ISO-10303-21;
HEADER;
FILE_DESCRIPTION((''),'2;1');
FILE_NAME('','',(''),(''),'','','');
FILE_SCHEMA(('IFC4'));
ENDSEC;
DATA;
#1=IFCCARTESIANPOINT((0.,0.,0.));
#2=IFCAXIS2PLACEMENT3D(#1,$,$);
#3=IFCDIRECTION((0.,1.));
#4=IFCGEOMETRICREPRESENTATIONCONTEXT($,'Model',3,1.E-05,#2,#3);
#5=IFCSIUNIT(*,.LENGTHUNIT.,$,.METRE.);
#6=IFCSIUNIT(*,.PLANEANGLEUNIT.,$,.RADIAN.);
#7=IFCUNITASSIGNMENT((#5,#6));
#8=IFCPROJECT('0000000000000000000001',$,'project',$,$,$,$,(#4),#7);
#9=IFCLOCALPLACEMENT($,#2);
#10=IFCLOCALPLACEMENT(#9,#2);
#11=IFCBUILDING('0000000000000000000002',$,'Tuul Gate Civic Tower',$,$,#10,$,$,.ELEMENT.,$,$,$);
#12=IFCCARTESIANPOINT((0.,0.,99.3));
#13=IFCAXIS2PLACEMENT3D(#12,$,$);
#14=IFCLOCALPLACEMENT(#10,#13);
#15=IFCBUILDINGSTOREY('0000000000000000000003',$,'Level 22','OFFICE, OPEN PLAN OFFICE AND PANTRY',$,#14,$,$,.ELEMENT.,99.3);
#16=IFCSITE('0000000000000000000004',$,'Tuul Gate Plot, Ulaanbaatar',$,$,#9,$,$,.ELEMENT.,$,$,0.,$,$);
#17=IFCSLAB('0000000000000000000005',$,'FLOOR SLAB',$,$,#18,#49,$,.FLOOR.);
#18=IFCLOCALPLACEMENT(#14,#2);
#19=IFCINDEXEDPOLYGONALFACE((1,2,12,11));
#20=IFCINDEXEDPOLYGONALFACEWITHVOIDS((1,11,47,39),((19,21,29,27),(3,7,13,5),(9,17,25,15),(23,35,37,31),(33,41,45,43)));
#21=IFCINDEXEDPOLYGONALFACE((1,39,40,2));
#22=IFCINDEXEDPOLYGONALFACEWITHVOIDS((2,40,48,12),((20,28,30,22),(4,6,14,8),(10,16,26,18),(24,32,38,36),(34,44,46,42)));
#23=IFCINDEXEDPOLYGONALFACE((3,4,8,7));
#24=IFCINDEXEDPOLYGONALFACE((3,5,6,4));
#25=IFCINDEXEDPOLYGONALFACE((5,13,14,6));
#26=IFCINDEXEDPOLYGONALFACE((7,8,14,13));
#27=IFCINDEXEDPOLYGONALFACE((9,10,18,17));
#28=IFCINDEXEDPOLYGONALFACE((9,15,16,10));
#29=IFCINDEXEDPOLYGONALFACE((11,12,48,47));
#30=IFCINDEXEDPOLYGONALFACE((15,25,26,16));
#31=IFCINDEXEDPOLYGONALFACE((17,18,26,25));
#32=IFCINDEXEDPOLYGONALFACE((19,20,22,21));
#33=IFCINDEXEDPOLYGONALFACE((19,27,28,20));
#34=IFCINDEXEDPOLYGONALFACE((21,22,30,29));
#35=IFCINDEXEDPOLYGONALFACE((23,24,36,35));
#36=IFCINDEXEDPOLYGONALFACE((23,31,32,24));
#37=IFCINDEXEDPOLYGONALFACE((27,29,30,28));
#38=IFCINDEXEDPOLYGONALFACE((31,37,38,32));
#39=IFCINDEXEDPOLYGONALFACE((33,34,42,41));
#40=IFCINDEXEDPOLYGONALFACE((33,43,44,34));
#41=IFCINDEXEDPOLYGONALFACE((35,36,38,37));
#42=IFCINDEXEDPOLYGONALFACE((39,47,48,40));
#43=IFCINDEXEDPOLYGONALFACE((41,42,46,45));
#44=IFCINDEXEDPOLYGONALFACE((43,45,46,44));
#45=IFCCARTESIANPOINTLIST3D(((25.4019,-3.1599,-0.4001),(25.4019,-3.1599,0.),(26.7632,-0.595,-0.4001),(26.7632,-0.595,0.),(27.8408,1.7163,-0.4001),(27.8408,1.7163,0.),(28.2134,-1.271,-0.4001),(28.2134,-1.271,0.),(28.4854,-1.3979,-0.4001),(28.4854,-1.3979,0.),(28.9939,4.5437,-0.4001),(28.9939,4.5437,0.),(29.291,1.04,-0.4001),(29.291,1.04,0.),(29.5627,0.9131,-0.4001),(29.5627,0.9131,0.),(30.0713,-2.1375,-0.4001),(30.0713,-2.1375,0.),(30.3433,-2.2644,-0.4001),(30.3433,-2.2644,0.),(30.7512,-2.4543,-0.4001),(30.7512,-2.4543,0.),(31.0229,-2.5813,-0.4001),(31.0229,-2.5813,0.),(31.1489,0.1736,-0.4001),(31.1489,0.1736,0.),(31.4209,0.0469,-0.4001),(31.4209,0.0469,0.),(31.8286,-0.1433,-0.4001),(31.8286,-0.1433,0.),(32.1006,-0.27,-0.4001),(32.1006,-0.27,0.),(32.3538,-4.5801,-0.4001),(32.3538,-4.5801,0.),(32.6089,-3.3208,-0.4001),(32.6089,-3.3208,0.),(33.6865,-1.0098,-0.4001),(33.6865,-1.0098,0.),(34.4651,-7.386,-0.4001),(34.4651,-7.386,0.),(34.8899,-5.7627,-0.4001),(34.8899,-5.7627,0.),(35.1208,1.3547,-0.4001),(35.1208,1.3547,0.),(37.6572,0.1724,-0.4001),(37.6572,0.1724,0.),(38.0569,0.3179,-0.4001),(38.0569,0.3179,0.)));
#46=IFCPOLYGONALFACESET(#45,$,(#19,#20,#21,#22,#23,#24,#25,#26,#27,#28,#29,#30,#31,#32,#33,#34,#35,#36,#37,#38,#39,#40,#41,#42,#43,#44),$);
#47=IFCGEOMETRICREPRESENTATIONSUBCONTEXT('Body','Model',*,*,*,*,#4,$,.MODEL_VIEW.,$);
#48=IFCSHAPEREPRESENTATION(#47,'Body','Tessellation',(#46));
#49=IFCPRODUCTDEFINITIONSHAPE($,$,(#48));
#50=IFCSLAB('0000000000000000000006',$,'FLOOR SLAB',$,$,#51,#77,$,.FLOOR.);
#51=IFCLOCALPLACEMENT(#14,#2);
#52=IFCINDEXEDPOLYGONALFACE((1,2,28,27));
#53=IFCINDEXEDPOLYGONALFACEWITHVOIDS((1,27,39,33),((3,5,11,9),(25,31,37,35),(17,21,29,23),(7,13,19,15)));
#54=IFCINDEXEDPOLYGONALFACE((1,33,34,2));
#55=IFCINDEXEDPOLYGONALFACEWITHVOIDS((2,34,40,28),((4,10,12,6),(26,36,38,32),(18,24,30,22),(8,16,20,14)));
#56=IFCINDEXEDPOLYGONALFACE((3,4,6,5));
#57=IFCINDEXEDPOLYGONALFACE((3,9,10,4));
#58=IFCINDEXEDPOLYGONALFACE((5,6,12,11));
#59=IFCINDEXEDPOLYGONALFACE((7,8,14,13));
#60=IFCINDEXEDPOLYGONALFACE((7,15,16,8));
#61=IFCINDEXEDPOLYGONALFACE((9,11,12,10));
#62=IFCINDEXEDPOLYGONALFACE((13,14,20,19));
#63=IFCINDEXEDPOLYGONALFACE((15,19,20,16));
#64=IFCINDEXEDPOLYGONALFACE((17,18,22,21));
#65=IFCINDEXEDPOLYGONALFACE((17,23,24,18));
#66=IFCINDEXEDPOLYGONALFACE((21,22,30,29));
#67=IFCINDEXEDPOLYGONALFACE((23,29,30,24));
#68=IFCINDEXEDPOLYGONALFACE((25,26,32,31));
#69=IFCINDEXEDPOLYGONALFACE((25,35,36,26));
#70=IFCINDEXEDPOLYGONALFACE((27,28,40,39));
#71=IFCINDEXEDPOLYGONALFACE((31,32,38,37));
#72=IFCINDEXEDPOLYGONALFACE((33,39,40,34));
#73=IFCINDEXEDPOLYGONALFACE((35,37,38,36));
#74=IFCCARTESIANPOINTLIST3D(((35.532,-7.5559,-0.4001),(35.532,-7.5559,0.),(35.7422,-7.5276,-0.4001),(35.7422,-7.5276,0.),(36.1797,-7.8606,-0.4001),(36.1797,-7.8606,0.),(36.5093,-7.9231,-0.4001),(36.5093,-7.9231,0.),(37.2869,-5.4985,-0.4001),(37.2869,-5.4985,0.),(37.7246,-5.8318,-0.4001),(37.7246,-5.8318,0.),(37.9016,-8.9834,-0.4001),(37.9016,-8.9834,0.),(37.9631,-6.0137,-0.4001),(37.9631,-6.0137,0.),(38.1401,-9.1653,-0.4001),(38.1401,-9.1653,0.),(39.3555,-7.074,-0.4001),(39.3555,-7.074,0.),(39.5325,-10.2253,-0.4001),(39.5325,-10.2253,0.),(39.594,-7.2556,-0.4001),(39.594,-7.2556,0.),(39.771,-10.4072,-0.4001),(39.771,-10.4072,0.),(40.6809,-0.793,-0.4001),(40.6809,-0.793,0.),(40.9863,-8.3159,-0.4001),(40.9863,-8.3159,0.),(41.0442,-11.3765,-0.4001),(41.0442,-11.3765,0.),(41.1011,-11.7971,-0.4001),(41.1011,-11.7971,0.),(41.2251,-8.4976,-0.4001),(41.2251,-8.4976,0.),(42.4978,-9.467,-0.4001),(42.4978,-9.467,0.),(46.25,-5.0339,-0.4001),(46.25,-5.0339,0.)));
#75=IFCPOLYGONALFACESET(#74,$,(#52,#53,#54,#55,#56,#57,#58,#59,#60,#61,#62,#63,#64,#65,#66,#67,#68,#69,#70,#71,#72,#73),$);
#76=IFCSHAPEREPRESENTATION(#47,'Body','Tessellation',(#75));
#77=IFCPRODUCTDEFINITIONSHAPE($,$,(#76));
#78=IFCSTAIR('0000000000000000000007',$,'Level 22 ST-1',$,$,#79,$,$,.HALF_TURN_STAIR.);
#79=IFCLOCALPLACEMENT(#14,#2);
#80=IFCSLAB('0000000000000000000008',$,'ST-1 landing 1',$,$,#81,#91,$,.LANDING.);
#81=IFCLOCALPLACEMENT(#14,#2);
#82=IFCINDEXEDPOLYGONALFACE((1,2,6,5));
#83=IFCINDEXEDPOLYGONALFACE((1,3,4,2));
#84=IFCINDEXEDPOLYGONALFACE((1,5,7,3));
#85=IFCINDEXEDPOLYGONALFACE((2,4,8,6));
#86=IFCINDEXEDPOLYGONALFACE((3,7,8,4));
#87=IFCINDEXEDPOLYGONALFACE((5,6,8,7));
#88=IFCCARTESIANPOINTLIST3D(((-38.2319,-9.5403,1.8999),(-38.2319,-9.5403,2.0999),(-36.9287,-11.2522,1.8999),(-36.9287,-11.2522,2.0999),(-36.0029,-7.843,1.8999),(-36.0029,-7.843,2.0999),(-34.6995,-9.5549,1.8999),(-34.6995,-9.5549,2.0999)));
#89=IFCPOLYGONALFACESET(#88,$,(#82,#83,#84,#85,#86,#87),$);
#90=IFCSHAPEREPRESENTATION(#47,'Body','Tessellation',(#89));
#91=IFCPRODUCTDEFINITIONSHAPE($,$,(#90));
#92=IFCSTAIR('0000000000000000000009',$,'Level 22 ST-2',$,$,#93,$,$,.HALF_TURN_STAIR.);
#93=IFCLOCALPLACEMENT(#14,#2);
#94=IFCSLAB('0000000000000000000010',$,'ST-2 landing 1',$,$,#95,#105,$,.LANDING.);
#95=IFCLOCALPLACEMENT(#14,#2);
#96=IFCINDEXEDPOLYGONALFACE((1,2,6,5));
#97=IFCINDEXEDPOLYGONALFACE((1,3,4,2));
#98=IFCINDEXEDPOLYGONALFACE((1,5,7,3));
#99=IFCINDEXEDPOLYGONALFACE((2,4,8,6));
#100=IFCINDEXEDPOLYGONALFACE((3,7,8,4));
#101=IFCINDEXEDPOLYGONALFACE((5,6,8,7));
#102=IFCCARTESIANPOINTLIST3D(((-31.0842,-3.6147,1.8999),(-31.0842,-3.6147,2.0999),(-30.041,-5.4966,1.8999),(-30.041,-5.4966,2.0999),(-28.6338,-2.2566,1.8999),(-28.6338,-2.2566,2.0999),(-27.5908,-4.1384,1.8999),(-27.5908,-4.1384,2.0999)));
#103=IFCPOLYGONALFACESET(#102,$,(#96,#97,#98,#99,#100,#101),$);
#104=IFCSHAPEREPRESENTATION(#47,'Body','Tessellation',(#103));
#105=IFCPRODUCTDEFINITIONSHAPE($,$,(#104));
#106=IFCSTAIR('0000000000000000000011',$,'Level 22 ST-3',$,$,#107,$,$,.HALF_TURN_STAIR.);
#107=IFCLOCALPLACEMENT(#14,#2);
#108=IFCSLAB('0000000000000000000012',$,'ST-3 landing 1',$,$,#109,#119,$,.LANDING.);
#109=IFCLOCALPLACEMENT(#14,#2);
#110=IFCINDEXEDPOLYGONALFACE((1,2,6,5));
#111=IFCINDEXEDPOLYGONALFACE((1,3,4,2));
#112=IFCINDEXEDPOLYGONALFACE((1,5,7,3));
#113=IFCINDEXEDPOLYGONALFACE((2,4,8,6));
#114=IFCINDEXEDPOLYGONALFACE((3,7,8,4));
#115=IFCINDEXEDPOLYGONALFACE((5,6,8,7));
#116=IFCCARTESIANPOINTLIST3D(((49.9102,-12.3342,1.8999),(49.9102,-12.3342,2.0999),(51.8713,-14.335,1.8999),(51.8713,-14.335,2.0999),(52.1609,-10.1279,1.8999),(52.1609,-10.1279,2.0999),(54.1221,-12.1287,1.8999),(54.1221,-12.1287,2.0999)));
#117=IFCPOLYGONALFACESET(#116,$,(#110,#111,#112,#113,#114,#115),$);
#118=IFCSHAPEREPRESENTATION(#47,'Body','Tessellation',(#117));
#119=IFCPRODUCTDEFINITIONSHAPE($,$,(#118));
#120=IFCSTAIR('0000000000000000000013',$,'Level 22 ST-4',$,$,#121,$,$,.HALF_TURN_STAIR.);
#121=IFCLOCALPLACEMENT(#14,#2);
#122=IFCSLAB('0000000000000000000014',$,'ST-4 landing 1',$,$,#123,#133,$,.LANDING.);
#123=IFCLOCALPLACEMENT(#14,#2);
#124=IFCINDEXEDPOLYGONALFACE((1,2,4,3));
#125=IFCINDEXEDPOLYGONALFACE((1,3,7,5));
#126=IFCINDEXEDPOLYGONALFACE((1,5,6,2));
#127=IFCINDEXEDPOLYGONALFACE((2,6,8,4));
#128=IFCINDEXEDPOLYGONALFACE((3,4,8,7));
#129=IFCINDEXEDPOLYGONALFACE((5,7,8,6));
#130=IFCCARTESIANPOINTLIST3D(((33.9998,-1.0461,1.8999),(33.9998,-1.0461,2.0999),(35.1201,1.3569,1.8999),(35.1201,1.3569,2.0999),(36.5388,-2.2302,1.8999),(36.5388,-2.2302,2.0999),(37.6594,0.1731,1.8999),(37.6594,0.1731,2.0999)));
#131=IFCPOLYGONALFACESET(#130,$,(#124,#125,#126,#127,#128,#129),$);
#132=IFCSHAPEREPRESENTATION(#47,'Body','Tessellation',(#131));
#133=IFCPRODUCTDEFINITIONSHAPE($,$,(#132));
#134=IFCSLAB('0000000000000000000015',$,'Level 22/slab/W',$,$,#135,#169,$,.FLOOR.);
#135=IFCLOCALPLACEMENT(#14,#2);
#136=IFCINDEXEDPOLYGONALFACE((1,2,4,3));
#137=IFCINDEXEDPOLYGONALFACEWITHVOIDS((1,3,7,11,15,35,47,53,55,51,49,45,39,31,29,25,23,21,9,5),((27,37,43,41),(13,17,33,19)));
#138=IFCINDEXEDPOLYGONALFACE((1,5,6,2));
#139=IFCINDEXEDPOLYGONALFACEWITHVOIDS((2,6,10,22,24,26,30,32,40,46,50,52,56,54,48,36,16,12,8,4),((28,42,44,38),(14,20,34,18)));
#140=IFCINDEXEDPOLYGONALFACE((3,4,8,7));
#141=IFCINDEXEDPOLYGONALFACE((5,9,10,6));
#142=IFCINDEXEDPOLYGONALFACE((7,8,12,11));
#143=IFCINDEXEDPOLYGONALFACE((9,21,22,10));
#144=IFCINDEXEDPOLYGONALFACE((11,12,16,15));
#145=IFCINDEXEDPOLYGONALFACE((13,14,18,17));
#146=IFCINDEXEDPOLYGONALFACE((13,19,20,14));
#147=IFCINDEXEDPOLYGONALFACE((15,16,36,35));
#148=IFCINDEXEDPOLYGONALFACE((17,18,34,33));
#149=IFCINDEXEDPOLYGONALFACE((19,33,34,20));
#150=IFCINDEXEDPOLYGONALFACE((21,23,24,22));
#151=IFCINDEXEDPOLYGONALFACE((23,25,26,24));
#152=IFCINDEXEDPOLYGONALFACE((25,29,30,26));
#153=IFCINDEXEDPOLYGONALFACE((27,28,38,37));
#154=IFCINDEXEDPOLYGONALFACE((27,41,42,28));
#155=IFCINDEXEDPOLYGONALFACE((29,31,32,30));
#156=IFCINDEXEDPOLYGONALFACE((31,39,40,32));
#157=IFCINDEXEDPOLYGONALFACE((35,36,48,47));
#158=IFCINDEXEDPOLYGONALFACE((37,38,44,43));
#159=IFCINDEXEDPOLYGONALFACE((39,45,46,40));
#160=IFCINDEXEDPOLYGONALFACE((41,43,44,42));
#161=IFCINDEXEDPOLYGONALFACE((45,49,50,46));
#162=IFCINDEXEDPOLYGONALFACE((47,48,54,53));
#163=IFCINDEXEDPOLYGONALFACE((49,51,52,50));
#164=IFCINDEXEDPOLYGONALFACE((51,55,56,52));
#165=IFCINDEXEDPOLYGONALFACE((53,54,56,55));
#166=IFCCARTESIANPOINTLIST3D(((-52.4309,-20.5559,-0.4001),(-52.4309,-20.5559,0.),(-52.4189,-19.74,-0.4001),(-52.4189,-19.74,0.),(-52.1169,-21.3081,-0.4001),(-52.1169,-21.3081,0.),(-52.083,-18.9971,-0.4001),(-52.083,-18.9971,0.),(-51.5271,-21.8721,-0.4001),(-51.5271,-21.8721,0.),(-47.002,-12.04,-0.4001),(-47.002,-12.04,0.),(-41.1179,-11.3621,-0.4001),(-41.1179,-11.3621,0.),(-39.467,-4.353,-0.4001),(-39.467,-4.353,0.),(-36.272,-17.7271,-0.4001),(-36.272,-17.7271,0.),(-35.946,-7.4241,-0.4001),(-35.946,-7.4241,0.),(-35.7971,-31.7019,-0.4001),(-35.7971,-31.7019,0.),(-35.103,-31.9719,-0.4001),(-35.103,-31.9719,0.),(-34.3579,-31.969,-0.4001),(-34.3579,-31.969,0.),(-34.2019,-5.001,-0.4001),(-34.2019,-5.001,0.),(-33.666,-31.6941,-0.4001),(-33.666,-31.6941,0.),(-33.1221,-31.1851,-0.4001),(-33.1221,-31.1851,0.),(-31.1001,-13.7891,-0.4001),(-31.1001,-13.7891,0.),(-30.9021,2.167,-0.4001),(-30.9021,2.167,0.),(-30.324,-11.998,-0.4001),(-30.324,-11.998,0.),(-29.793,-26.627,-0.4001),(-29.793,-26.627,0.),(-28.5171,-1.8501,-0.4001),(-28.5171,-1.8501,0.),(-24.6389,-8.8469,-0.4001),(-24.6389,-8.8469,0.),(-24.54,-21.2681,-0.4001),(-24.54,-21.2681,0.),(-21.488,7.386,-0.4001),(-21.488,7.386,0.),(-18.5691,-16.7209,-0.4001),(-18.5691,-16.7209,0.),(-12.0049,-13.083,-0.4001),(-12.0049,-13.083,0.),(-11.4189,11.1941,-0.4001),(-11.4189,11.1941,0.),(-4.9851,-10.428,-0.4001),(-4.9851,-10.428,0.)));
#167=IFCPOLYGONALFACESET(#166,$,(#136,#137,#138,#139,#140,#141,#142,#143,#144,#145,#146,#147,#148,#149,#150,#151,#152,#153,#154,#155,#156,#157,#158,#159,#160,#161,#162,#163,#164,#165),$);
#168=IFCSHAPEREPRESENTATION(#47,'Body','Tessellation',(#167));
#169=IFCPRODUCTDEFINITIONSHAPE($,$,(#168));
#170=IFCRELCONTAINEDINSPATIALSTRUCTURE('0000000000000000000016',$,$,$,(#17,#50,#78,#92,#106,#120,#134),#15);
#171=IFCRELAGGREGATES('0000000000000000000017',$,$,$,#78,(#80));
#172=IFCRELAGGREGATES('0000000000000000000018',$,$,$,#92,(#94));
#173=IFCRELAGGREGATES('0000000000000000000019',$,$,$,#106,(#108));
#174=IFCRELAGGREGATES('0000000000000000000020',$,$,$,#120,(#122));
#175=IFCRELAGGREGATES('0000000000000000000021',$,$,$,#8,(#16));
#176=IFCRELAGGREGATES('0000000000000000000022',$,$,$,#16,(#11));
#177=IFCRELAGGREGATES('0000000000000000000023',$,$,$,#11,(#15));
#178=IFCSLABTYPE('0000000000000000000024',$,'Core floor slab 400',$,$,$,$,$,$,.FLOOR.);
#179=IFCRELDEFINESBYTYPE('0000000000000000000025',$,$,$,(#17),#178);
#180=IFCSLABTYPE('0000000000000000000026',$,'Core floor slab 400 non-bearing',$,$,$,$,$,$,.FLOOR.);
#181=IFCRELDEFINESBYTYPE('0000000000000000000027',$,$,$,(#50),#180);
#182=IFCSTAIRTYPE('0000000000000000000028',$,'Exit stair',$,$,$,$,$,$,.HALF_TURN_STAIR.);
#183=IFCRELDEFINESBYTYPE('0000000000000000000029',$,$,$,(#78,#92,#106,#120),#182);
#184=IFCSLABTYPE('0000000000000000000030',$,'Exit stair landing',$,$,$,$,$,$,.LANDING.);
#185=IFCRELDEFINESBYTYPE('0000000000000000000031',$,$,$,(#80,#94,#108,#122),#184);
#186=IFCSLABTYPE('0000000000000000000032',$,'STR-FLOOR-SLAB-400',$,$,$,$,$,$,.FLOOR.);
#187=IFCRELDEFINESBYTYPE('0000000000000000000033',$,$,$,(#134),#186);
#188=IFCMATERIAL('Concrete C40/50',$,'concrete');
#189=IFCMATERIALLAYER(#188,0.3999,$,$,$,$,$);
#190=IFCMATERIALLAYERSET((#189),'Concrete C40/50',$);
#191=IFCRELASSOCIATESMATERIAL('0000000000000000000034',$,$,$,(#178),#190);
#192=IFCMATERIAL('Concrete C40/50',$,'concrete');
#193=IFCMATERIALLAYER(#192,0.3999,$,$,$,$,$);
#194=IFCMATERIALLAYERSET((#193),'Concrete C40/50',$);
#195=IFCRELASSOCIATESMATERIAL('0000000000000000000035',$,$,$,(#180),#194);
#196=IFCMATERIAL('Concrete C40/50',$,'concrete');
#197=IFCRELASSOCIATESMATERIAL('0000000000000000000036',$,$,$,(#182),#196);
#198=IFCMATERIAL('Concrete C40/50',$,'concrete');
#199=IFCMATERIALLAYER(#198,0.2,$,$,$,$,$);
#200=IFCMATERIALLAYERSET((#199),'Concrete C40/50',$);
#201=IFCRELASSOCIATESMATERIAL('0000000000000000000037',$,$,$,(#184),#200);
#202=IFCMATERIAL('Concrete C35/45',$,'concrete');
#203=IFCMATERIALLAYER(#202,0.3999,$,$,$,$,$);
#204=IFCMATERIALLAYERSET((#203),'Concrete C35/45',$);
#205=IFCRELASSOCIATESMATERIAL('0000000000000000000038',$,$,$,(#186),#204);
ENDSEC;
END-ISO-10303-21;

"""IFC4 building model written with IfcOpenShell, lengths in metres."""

from ifc_helpers import new_model, si_unit, direction, frame, origin, place, context, subcontext, project, spatial, polyline, outline, extrude, material, layer, layer_set, type_object, element, aggregate, save


model = new_model("IFC4")

# Units and contexts
model_context = context("Model", 3, precision=1e-05, world=origin(), true_north=direction((0.0, 1.0)))
body_context = subcontext(model_context, "Body", "Model", "MODEL_VIEW")
ifc_project = project(units=[si_unit("LENGTHUNIT", "METRE"), si_unit("PLANEANGLEUNIT", "RADIAN")], contexts=[model_context])

# Site, building, storey
site_placement = place(None, origin())
site = spatial("IfcSite", under=ifc_project, at=site_placement, Name="Tuul Gate Plot, Ulaanbaatar", CompositionType="ELEMENT", RefElevation=0.0)
building_placement = place(site_placement, origin())
building = spatial("IfcBuilding", under=site, at=building_placement, Name="Tuul Gate Civic Tower", CompositionType="ELEMENT")
storey_placement = place(building_placement, frame((0.0, 0.0, 99.3)))
storey = spatial("IfcBuildingStorey", under=building, at=storey_placement, Name="Level 22", Description="OFFICE, OPEN PLAN OFFICE AND PANTRY", CompositionType="ELEMENT", Elevation=99.3)

# Slabs
ifc_material_1 = material(Name="Concrete C40/50", Category="concrete")
ifc_layer_1 = layer(ifc_material_1, 0.3999)
ifc_layer_set_1 = layer_set([ifc_layer_1], Name="Concrete C40/50")
slab_type_1 = type_object("IfcSlabType", Name="Core floor slab 400", PredefinedType="FLOOR", material=ifc_layer_set_1)
slab_1_placement = place(storey_placement, frame((0.0, 0.0, -0.4001)))
element("IfcSlab", 1, at=slab_1_placement, inside=storey, type_object=slab_type_1, Name="FLOOR SLAB", PredefinedType="FLOOR", context=body_context, shape_type="SweptSolid", body=[
    extrude(outline(polyline([(34.4651, -7.386), (38.0569, 0.3179), (28.9939, 4.5437), (25.4019, -3.1599), (34.4651, -7.386)]), holes=[polyline([(32.6089, -3.3208), (33.6865, -1.0098), (32.1006, -0.27), (31.0229, -2.5813), (32.6089, -3.3208)]), polyline([(30.0713, -2.1375), (31.1489, 0.1736), (29.5627, 0.9131), (28.4854, -1.3979), (30.0713, -2.1375)]), polyline([(30.7512, -2.4543), (31.8286, -0.1433), (31.4209, 0.0469), (30.3433, -2.2644), (30.7512, -2.4543)]), polyline([(28.2134, -1.271), (29.291, 1.04), (27.8408, 1.7163), (26.7632, -0.595), (28.2134, -1.271)]), polyline([(34.8899, -5.7627), (32.3538, -4.5801), (35.1208, 1.3547), (37.6572, 0.1724), (34.8899, -5.7627)])]), origin(), (0.0, 0.0, 1.0), 0.4001),
])
ifc_material_2 = material(Name="Concrete C40/50", Category="concrete")
ifc_layer_2 = layer(ifc_material_2, 0.3999)
ifc_layer_set_2 = layer_set([ifc_layer_2], Name="Concrete C40/50")
slab_type_2 = type_object("IfcSlabType", Name="Core floor slab 400 non-bearing", PredefinedType="FLOOR", material=ifc_layer_set_2)
slab_2_placement = place(storey_placement, frame((0.0, 0.0, -0.4001)))
element("IfcSlab", 2, at=slab_2_placement, inside=storey, type_object=slab_type_2, Name="FLOOR SLAB", PredefinedType="FLOOR", context=body_context, shape_type="SweptSolid", body=[
    extrude(outline(polyline([(41.1011, -11.7971), (46.25, -5.0339), (40.6809, -0.793), (35.532, -7.5559), (41.1011, -11.7971)]), holes=[polyline([(41.0442, -11.3765), (42.4978, -9.467), (41.2251, -8.4976), (39.771, -10.4072), (41.0442, -11.3765)]), polyline([(39.5325, -10.2253), (40.9863, -8.3159), (39.594, -7.2556), (38.1401, -9.1653), (39.5325, -10.2253)]), polyline([(37.9016, -8.9834), (39.3555, -7.074), (37.9631, -6.0137), (36.5093, -7.9231), (37.9016, -8.9834)]), polyline([(36.1797, -7.8606), (37.7246, -5.8318), (37.2869, -5.4985), (35.7422, -7.5276), (36.1797, -7.8606)])]), origin(), (0.0, 0.0, 1.0), 0.4001),
])

# Stairs, slabs
ifc_material_3 = material(Name="Concrete C40/50", Category="concrete")
stair_type = type_object("IfcStairType", Name="Exit stair", PredefinedType="HALF_TURN_STAIR", material=ifc_material_3)
stair_1_placement = place(storey_placement, origin())
stair_1 = element("IfcStair", 3, at=stair_1_placement, inside=storey, type_object=stair_type, Name="Level 22 ST-1", PredefinedType="HALF_TURN_STAIR")
ifc_material_4 = material(Name="Concrete C40/50", Category="concrete")
ifc_layer_3 = layer(ifc_material_4, 0.2)
ifc_layer_set_3 = layer_set([ifc_layer_3], Name="Concrete C40/50")
slab_type_3 = type_object("IfcSlabType", Name="Exit stair landing", PredefinedType="LANDING", material=ifc_layer_set_3)
slab_3_placement = place(storey_placement, frame((0.0, 0.0, 1.8999)))
slab_3 = element("IfcSlab", 4, at=slab_3_placement, type_object=slab_type_3, Name="ST-1 landing 1", PredefinedType="LANDING", context=body_context, shape_type="SweptSolid", body=[
    extrude(outline(polyline([(-34.6995, -9.5549), (-36.9287, -11.2522), (-38.2319, -9.5403), (-36.0029, -7.843), (-34.6995, -9.5549)])), origin(), (0.0, 0.0, 1.0), 0.2),
])
aggregate(stair_1, [slab_3])
stair_2_placement = place(storey_placement, origin())
stair_2 = element("IfcStair", 5, at=stair_2_placement, inside=storey, type_object=stair_type, Name="Level 22 ST-2", PredefinedType="HALF_TURN_STAIR")
slab_4_placement = place(storey_placement, frame((0.0, 0.0, 1.8999)))
slab_4 = element("IfcSlab", 6, at=slab_4_placement, type_object=slab_type_3, Name="ST-2 landing 1", PredefinedType="LANDING", context=body_context, shape_type="SweptSolid", body=[
    extrude(outline(polyline([(-27.5908, -4.1384), (-30.041, -5.4966), (-31.0842, -3.6147), (-28.6338, -2.2566), (-27.5908, -4.1384)])), origin(), (0.0, 0.0, 1.0), 0.2),
])
aggregate(stair_2, [slab_4])
stair_3_placement = place(storey_placement, origin())
stair_3 = element("IfcStair", 7, at=stair_3_placement, inside=storey, type_object=stair_type, Name="Level 22 ST-3", PredefinedType="HALF_TURN_STAIR")
slab_5_placement = place(storey_placement, frame((0.0, 0.0, 1.8999)))
slab_5 = element("IfcSlab", 8, at=slab_5_placement, type_object=slab_type_3, Name="ST-3 landing 1", PredefinedType="LANDING", context=body_context, shape_type="SweptSolid", body=[
    extrude(outline(polyline([(51.8713, -14.335), (49.9102, -12.3342), (52.1609, -10.1279), (54.1221, -12.1287), (51.8713, -14.335)])), origin(), (0.0, 0.0, 1.0), 0.2),
])
aggregate(stair_3, [slab_5])
stair_4_placement = place(storey_placement, origin())
stair_4 = element("IfcStair", 9, at=stair_4_placement, inside=storey, type_object=stair_type, Name="Level 22 ST-4", PredefinedType="HALF_TURN_STAIR")
slab_6_placement = place(storey_placement, frame((0.0, 0.0, 1.8999)))
slab_6 = element("IfcSlab", 10, at=slab_6_placement, type_object=slab_type_3, Name="ST-4 landing 1", PredefinedType="LANDING", context=body_context, shape_type="SweptSolid", body=[
    extrude(outline(polyline([(36.5388, -2.2302), (33.9998, -1.0461), (35.1201, 1.3569), (37.6594, 0.1731), (36.5388, -2.2302)])), origin(), (0.0, 0.0, 1.0), 0.2),
])
aggregate(stair_4, [slab_6])

# Slab
ifc_material_5 = material(Name="Concrete C35/45", Category="concrete")
ifc_layer_4 = layer(ifc_material_5, 0.3999)
ifc_layer_set_4 = layer_set([ifc_layer_4], Name="Concrete C35/45")
slab_type_4 = type_object("IfcSlabType", Name="STR-FLOOR-SLAB-400", PredefinedType="FLOOR", material=ifc_layer_set_4)
slab_7_placement = place(storey_placement, frame((0.0, 0.0, -0.4001)))
element("IfcSlab", 11, at=slab_7_placement, inside=storey, type_object=slab_type_4, Name="Level 22/slab/W", PredefinedType="FLOOR", context=body_context, shape_type="SweptSolid", body=[
    extrude(outline(polyline([(-12.0049, -13.083), (-4.9851, -10.428), (-11.4189, 11.1941), (-21.488, 7.386), (-30.9021, 2.167), (-39.467, -4.353), (-47.002, -12.04), (-52.083, -18.9971), (-52.4189, -19.74), (-52.4309, -20.5559), (-52.1169, -21.3081), (-51.5271, -21.8721), (-35.7971, -31.7019), (-35.103, -31.9719), (-34.3579, -31.969), (-33.666, -31.6941), (-33.1221, -31.1851), (-29.793, -26.627), (-24.54, -21.2681), (-18.5691, -16.7209), (-12.0049, -13.083)]), holes=[polyline([(-31.1001, -13.7891), (-36.272, -17.7271), (-41.1179, -11.3621), (-35.946, -7.4241), (-31.1001, -13.7891)]), polyline([(-24.6389, -8.8469), (-30.324, -11.998), (-34.2019, -5.001), (-28.5171, -1.8501), (-24.6389, -8.8469)])]), origin(), (0.0, 0.0, 1.0), 0.4001),
])

save(model, "model.ifc")
